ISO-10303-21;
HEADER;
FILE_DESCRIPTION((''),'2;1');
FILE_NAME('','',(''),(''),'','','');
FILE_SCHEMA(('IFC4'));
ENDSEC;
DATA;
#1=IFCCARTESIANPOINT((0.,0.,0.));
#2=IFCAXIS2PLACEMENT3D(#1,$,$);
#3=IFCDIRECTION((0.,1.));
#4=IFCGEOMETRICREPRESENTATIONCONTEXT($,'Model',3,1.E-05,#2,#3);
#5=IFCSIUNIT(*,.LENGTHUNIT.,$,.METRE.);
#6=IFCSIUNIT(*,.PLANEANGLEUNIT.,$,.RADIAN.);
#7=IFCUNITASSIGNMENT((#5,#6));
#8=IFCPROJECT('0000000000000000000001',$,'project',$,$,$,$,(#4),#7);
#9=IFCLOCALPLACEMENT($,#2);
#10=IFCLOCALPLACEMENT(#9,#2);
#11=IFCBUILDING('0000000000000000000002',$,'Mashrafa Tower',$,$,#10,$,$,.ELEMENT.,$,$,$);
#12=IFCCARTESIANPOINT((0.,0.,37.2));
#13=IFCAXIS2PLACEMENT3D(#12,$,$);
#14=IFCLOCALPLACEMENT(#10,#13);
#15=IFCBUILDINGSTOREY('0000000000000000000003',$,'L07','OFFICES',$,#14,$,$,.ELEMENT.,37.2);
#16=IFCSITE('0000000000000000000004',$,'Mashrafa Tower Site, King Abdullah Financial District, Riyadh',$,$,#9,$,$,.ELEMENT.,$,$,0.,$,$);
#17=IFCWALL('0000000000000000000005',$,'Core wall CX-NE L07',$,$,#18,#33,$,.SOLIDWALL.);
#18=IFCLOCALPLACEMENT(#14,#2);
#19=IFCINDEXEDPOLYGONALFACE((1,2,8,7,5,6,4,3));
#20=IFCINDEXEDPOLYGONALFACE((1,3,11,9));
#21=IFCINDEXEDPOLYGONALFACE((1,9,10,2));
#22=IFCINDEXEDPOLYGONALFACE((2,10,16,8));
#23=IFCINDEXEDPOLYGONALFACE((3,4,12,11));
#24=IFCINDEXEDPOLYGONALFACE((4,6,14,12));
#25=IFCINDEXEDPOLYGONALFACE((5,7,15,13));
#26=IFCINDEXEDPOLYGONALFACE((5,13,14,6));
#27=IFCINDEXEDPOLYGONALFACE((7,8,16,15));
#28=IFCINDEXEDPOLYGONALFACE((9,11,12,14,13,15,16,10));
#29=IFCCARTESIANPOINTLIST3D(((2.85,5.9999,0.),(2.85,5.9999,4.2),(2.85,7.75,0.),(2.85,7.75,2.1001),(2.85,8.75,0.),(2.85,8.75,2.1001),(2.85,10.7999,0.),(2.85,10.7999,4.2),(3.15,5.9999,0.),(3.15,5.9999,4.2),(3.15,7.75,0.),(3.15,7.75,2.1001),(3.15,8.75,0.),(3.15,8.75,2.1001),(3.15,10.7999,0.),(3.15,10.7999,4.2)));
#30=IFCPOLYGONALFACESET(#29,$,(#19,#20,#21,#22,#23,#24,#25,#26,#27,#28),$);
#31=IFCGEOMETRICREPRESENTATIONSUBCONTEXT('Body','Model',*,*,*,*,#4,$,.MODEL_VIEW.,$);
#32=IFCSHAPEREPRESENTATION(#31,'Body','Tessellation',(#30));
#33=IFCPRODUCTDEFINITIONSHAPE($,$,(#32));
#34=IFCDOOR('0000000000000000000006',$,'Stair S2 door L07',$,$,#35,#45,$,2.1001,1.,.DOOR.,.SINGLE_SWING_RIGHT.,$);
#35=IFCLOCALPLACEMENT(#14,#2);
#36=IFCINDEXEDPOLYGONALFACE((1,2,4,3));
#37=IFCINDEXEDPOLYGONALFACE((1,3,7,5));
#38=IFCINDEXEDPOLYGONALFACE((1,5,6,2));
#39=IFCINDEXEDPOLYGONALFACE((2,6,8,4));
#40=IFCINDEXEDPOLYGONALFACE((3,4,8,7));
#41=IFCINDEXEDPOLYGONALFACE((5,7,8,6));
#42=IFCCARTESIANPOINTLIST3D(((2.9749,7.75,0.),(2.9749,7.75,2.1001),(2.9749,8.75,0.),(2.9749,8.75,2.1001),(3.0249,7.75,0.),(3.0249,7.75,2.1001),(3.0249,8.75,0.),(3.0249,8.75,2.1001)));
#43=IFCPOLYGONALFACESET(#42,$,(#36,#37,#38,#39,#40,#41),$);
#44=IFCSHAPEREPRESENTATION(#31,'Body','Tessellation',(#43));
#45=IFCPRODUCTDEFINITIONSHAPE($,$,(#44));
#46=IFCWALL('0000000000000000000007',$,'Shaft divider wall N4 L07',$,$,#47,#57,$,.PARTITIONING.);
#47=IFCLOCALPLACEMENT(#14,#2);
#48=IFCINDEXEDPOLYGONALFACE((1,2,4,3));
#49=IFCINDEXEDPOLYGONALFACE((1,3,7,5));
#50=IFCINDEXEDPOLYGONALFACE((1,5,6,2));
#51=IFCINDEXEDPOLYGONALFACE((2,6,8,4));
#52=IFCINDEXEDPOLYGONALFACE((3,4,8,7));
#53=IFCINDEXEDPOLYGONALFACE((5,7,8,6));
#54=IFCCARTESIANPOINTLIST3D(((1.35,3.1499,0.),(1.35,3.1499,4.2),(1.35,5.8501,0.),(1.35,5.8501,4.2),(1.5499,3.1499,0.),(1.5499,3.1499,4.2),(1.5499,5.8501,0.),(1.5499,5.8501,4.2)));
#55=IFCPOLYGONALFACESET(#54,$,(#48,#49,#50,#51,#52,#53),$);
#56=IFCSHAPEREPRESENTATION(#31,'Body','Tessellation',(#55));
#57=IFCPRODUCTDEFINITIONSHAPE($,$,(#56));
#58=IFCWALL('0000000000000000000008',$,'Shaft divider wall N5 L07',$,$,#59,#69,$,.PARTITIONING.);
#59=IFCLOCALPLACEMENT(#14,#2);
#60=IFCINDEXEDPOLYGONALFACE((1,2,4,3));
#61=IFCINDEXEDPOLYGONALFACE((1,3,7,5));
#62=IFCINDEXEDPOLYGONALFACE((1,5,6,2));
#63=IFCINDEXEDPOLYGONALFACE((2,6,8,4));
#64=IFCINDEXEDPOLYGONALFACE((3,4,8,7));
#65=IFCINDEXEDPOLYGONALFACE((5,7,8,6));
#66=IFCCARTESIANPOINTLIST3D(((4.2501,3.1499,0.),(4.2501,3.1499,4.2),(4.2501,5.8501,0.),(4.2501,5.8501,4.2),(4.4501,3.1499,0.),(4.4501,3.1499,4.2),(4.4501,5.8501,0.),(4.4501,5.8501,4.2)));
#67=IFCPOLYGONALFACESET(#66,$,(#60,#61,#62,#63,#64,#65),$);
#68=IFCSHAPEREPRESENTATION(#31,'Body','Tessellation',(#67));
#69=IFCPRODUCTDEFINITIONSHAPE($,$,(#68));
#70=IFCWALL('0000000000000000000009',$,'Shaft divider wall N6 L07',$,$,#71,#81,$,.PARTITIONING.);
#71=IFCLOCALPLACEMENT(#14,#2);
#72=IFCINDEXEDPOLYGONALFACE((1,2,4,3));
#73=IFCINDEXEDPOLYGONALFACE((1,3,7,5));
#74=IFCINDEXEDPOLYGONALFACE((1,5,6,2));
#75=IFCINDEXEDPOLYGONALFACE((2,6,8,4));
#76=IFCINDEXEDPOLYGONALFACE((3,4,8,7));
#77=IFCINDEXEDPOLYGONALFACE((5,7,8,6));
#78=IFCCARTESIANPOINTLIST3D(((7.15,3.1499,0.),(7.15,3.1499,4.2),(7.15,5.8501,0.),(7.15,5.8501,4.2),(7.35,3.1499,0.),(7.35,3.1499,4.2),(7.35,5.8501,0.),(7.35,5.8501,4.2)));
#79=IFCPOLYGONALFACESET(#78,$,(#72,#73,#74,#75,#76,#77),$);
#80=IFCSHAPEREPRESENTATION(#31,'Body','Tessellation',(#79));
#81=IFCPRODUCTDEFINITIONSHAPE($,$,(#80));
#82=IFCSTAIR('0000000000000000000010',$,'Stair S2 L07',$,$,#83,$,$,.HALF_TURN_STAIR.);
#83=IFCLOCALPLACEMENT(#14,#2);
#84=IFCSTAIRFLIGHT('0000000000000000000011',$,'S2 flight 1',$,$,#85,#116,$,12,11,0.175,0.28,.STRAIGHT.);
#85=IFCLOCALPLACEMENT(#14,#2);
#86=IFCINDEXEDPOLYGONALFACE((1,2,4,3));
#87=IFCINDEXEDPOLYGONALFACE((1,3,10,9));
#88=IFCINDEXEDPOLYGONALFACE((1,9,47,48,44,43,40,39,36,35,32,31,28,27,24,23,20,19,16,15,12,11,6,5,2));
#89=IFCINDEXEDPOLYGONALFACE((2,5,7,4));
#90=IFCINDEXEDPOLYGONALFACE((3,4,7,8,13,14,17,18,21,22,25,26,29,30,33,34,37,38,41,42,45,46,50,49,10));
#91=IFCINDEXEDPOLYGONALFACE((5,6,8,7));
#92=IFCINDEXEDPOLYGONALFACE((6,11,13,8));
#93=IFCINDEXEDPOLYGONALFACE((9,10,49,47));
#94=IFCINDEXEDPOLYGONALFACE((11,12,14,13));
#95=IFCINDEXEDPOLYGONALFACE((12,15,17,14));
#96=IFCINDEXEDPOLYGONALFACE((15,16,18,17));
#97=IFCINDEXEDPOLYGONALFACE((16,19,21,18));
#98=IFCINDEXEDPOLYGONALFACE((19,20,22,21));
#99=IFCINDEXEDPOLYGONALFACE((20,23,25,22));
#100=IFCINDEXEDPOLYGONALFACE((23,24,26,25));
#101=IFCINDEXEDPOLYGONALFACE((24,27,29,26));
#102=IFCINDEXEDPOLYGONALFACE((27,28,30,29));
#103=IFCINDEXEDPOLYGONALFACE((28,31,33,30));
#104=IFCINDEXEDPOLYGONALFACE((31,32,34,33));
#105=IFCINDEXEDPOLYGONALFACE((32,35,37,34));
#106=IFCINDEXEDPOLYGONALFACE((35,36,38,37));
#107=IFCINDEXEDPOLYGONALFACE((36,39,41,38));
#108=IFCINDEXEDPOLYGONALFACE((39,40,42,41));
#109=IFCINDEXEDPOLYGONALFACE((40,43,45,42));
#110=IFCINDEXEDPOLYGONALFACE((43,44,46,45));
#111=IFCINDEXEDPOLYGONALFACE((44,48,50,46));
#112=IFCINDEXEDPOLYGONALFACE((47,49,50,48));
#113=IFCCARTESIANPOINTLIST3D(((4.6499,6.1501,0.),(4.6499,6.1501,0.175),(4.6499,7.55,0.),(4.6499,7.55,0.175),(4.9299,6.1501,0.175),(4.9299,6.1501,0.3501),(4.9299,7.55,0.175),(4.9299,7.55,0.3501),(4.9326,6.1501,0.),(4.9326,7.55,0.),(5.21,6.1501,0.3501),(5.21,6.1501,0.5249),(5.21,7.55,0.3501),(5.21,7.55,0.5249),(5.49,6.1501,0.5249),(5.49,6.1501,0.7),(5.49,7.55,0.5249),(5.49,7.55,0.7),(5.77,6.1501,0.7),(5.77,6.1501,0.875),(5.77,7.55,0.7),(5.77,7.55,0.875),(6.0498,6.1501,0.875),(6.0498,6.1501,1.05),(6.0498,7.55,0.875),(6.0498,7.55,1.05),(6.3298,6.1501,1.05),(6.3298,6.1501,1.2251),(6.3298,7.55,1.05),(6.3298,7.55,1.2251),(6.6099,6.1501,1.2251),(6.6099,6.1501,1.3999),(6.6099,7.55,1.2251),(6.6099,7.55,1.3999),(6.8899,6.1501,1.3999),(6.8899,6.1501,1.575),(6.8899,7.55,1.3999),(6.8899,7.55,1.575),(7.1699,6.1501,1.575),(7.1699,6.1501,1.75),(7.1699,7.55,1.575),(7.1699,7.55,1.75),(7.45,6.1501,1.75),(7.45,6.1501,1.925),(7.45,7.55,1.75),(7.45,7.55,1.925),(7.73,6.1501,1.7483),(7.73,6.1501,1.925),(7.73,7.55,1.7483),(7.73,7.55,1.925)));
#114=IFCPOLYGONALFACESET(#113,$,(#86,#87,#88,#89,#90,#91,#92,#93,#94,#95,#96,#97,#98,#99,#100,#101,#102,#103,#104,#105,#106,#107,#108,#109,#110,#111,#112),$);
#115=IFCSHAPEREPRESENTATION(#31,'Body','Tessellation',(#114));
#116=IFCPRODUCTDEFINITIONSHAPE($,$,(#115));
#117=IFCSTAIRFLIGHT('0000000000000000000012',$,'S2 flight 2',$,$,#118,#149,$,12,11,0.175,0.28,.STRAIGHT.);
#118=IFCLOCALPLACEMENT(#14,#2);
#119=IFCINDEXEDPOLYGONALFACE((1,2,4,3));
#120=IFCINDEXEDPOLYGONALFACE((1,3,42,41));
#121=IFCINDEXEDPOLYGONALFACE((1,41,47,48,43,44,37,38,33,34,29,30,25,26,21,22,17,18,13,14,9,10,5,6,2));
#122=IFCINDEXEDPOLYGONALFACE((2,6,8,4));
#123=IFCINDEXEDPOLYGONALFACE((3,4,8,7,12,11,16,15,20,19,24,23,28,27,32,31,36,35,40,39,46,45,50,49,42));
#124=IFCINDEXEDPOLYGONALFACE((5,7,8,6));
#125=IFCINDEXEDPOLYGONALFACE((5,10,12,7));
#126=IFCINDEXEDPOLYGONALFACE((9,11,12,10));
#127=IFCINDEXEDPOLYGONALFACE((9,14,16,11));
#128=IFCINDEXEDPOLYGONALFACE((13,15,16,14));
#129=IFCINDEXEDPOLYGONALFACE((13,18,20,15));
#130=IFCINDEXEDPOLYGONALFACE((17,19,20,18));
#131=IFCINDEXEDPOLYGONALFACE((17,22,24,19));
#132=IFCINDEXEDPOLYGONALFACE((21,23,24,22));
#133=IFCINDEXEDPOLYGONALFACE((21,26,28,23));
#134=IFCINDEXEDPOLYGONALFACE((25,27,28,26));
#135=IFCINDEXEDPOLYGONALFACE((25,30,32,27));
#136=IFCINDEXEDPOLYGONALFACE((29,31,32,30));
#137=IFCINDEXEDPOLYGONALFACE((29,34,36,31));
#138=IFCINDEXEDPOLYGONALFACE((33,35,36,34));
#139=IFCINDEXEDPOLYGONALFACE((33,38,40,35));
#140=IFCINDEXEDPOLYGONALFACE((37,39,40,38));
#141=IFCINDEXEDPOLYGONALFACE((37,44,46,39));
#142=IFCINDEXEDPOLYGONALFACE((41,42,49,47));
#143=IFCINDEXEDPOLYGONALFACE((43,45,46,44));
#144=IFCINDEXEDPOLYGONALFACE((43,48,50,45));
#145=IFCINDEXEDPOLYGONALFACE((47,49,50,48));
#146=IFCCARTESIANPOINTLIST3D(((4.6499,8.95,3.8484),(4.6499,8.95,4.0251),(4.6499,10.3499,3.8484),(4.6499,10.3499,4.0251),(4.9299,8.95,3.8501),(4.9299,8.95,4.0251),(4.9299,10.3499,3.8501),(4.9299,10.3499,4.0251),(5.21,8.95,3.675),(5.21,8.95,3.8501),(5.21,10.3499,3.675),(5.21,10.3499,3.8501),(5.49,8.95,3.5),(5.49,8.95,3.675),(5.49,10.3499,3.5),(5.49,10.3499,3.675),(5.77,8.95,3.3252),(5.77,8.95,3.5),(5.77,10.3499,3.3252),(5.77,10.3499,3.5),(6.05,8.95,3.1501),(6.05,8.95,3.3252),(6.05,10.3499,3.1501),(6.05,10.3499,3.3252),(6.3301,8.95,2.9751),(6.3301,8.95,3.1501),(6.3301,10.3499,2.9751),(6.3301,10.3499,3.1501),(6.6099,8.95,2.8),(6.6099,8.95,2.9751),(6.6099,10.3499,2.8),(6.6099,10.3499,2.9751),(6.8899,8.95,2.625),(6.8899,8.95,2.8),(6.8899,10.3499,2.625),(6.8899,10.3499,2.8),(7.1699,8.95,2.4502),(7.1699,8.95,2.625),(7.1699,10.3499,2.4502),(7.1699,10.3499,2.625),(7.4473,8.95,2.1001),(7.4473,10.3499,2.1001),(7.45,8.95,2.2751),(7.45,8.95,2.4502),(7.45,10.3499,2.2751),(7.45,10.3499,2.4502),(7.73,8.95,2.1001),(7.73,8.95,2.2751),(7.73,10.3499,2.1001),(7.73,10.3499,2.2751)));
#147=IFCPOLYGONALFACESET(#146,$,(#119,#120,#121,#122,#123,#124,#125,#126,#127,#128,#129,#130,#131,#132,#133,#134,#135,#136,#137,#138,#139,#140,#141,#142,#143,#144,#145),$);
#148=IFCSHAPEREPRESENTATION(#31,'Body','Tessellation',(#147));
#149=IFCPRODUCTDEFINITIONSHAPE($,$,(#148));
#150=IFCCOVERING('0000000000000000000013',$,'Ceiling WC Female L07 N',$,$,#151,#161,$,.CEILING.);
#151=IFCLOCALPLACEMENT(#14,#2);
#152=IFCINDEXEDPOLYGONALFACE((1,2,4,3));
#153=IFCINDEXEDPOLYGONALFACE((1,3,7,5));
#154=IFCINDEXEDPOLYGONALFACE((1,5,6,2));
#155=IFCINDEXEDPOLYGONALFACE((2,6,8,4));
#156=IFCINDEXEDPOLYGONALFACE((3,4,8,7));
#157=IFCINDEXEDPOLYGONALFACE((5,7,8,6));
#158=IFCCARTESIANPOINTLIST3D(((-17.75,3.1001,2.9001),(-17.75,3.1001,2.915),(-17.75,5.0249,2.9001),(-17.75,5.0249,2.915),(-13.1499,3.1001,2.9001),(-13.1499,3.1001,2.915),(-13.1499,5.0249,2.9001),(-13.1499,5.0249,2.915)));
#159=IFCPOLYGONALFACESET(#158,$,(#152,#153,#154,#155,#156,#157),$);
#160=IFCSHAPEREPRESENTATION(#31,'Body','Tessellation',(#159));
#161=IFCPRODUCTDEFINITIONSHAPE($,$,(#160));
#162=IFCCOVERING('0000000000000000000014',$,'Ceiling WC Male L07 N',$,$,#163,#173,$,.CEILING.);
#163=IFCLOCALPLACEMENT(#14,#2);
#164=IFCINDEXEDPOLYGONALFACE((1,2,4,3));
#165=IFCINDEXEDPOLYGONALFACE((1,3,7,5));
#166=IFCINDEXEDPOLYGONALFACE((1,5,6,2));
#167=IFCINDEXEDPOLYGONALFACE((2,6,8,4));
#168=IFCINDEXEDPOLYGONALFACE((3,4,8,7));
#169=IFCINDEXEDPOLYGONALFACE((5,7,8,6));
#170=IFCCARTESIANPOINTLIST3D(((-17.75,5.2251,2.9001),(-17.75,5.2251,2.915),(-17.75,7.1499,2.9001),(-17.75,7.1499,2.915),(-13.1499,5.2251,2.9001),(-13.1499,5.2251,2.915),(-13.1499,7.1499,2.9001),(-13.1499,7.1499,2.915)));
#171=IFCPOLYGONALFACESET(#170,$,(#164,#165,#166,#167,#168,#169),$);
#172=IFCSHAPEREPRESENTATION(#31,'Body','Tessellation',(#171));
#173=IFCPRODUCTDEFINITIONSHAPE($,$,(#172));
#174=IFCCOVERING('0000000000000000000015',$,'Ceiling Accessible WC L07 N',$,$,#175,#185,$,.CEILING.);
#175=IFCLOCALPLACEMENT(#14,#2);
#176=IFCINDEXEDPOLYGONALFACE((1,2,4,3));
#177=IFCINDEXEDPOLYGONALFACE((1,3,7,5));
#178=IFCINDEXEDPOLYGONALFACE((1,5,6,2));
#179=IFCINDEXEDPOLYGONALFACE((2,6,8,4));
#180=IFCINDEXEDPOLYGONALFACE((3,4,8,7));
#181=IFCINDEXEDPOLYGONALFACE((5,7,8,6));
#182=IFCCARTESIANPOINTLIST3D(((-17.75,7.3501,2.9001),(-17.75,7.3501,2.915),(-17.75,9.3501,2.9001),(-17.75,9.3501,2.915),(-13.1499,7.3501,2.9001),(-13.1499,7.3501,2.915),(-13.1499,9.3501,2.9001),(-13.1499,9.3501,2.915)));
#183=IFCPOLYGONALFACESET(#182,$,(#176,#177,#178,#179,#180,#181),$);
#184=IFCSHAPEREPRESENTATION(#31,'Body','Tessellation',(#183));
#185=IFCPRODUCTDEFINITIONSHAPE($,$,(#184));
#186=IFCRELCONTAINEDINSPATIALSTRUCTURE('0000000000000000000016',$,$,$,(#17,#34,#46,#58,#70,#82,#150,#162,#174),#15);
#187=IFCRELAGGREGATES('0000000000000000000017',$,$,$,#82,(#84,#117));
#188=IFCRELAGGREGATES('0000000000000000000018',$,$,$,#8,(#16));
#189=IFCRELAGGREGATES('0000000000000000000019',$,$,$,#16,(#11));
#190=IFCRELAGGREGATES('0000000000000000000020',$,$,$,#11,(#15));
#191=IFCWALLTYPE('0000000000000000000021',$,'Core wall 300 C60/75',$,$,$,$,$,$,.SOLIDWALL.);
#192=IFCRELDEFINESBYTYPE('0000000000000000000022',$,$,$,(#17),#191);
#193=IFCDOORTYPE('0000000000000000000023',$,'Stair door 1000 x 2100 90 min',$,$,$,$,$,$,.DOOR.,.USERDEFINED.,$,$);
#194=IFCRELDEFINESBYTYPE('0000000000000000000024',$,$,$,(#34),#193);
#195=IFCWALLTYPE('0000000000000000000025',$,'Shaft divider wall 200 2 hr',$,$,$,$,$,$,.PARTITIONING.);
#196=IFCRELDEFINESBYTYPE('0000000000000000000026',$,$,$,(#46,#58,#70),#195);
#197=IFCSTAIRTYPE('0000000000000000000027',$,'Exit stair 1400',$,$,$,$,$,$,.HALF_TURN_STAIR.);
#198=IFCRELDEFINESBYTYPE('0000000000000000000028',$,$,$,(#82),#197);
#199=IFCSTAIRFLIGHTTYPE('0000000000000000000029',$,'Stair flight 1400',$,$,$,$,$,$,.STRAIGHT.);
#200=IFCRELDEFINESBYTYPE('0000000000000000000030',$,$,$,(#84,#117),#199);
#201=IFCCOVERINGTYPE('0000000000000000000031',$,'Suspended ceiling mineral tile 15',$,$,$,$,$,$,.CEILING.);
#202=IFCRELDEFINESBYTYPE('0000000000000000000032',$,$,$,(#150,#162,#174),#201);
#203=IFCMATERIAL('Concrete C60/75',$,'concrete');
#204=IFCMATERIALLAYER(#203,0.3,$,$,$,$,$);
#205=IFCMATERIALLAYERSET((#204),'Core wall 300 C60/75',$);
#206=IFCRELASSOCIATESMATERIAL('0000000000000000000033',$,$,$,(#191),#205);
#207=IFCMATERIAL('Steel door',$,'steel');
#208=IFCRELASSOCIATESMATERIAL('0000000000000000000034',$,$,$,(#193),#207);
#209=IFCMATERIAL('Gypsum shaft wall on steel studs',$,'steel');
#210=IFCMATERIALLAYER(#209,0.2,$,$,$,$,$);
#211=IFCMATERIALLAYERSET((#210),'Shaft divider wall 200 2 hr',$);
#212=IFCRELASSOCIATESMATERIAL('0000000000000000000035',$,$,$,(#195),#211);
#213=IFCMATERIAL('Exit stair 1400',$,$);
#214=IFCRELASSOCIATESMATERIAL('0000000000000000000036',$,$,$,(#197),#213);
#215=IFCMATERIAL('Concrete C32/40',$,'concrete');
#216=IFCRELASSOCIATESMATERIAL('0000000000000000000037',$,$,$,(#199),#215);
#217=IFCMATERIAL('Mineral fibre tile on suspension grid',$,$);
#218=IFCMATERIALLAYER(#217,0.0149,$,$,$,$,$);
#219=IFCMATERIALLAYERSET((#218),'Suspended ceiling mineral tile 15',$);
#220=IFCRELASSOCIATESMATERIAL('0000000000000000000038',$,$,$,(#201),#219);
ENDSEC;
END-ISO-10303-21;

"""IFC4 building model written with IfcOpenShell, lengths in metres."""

from ifc_helpers import new_model, si_unit, direction, frame, frame_2d, origin, place, context, subcontext, project, spatial, polyline, rectangle, outline, extrude, material, layer, layer_set, type_object, element, fill, aggregate, save


model = new_model("IFC4")

# Units and contexts
model_context = context("Model", 3, precision=1e-05, world=origin(), true_north=direction((0.0, 1.0)))
body_context = subcontext(model_context, "Body", "Model", "MODEL_VIEW")
ifc_project = project(units=[si_unit("LENGTHUNIT", "METRE"), si_unit("PLANEANGLEUNIT", "RADIAN")], contexts=[model_context])

# Site, building, storey
site_placement = place(None, origin())
site = spatial("IfcSite", under=ifc_project, at=site_placement, Name="Mashrafa Tower Site, King Abdullah Financial District, Riyadh", CompositionType="ELEMENT", RefElevation=0.0)
building_placement = place(site_placement, origin())
building = spatial("IfcBuilding", under=site, at=building_placement, Name="Mashrafa Tower", CompositionType="ELEMENT")
storey_placement = place(building_placement, frame((0.0, 0.0, 37.2)))
storey = spatial("IfcBuildingStorey", under=building, at=storey_placement, Name="L07", Description="OFFICES", CompositionType="ELEMENT", Elevation=37.2)

# Wall, opening, door
ifc_material_1 = material(Name="Concrete C60/75", Category="concrete")
ifc_layer_1 = layer(ifc_material_1, 0.3)
ifc_layer_set_1 = layer_set([ifc_layer_1], Name="Core wall 300 C60/75")
wall_type_1 = type_object("IfcWallType", Name="Core wall 300 C60/75", PredefinedType="SOLIDWALL", material=ifc_layer_set_1)
wall_placement = place(storey_placement, frame((3.0, 6.0, 0.0), z_axis=(0.0, 0.0, 1.0), x_axis=(0.0, 1.0, 0.0)))
wall = element("IfcWall", 1, at=wall_placement, inside=storey, type_object=wall_type_1, Name="Core wall CX-NE L07", PredefinedType="SOLIDWALL", context=body_context, shape_type="SweptSolid", body=[
    extrude(rectangle(XDim=4.8, YDim=0.3, at=frame_2d((2.3999, 0.0))), origin(), (0.0, 0.0, 1.0), 4.2),
])
opening_placement = place(wall_placement, frame((1.75, 0.0, 0.0)))
opening = element("IfcOpeningElement", 2, at=opening_placement, cuts=wall, PredefinedType="OPENING", context=body_context, shape_type="SweptSolid", body=[
    extrude(rectangle(XDim=1.0, YDim=2.1001, at=frame_2d((0.5, 1.05))), frame((0.0, 0.1599, 0.0), z_axis=(0.0, -1.0, 0.0), x_axis=(1.0, 0.0, 0.0)), (0.0, 0.0, 1.0), 0.3201),
])
ifc_material_2 = material(Name="Steel door", Category="steel")
door_type = type_object("IfcDoorType", Name="Stair door 1000 x 2100 90 min", OperationType="USERDEFINED", PredefinedType="DOOR", material=ifc_material_2)
door_placement = place(opening_placement, frame((1.0, 0.0, 0.0), z_axis=(0.0, 0.0, 1.0), x_axis=(-1.0, 0.0, 0.0)))
door = element("IfcDoor", 3, at=door_placement, inside=storey, type_object=door_type, Name="Stair S2 door L07", OperationType="SINGLE_SWING_RIGHT", OverallHeight=2.1001, OverallWidth=1.0, PredefinedType="DOOR", context=body_context, shape_type="SweptSolid", body=[
    extrude(rectangle(XDim=1.0, YDim=2.1001, at=frame_2d((0.5, 1.05))), frame((0.0, 0.0249, 0.0), z_axis=(0.0, -1.0, 0.0), x_axis=(1.0, 0.0, 0.0)), (0.0, 0.0, 1.0), 0.05),
])
fill(opening, door)

# Walls
ifc_material_3 = material(Name="Gypsum shaft wall on steel studs", Category="steel")
ifc_layer_2 = layer(ifc_material_3, 0.2)
ifc_layer_set_2 = layer_set([ifc_layer_2], Name="Shaft divider wall 200 2 hr")
wall_type_2 = type_object("IfcWallType", Name="Shaft divider wall 200 2 hr", PredefinedType="PARTITIONING", material=ifc_layer_set_2)
for number, where, z_axis, x_axis, name in (
    (4, (1.45, 3.1499, 0.0), (0.0, 0.0, 1.0), (0.0, 1.0, 0.0), "Shaft divider wall N4 L07"),
    (5, (4.3501, 3.1499, 0.0), (0.0, 0.0, 1.0), (0.0, 1.0, 0.0), "Shaft divider wall N5 L07"),
    (6, (7.25, 3.1499, 0.0), (0.0, 0.0, 1.0), (0.0, 1.0, 0.0), "Shaft divider wall N6 L07"),
):
    element("IfcWall", number, at=place(storey_placement, frame(where, z_axis=z_axis, x_axis=x_axis)), inside=storey, type_object=wall_type_2, Name=name, PredefinedType="PARTITIONING", context=body_context, shape_type="SweptSolid", body=[
        extrude(rectangle(XDim=2.7002, YDim=0.2, at=frame_2d((1.3501, 0.0))), origin(), (0.0, 0.0, 1.0), 4.2),
    ])

# Stair, stair flights
ifc_material_4 = material(Name="Exit stair 1400")
stair_type = type_object("IfcStairType", Name="Exit stair 1400", PredefinedType="HALF_TURN_STAIR", material=ifc_material_4)
stair_placement = place(storey_placement, origin())
stair = element("IfcStair", 7, at=stair_placement, inside=storey, type_object=stair_type, Name="Stair S2 L07", PredefinedType="HALF_TURN_STAIR")
ifc_material_5 = material(Name="Concrete C32/40", Category="concrete")
stair_flight_type = type_object("IfcStairFlightType", Name="Stair flight 1400", PredefinedType="STRAIGHT", material=ifc_material_5)
stair_flight_1_placement = place(storey_placement, frame((4.6499, 6.8501, 0.0), z_axis=(0.0, 0.0, 1.0), x_axis=(1.0, 0.0, 0.0)))
stair_flight_1 = element("IfcStairFlight", 8, at=stair_flight_1_placement, type_object=stair_flight_type, Name="S2 flight 1", NumberOfRisers=12, NumberOfTreads=11, PredefinedType="STRAIGHT", RiserHeight=0.175, TreadLength=0.28, context=body_context, shape_type="SweptSolid", body=[
    extrude(outline(polyline([(0.0, 0.0), (0.0, 0.175), (0.28, 0.175), (0.28, 0.3501), (0.5601, 0.3501), (0.5601, 0.5249), (0.8401, 0.5249), (0.8401, 0.7), (1.1201, 0.7), (1.1201, 0.875), (1.3999, 0.875), (1.3999, 1.05), (1.6799, 1.05), (1.6799, 1.2251), (1.96, 1.2251), (1.96, 1.3999), (2.24, 1.3999), (2.24, 1.575), (2.52, 1.575), (2.52, 1.75), (2.8, 1.75), (2.8, 1.925), (3.0801, 1.925), (3.0801, 2.1001), (3.0801, 1.7483), (0.2827, 0.0), (0.0, 0.0)])), frame((0.0, 0.7, 0.0), z_axis=(0.0, -1.0, 0.0), x_axis=(1.0, 0.0, 0.0)), (0.0, 0.0, 1.0), 1.3999),
])
stair_flight_2_placement = place(storey_placement, frame((7.73, 9.6499, 2.1001), z_axis=(0.0, 0.0, 1.0), x_axis=(-1.0, 0.0, 0.0)))
stair_flight_2 = element("IfcStairFlight", 9, at=stair_flight_2_placement, type_object=stair_flight_type, Name="S2 flight 2", NumberOfRisers=12, NumberOfTreads=11, PredefinedType="STRAIGHT", RiserHeight=0.175, TreadLength=0.28, context=body_context, shape_type="SweptSolid", body=[
    extrude(outline(polyline([(0.0, 0.0), (0.0, 0.175), (0.28, 0.175), (0.28, 0.3501), (0.5601, 0.3501), (0.5601, 0.5249), (0.8401, 0.5249), (0.8401, 0.7), (1.1201, 0.7), (1.1201, 0.875), (1.3999, 0.875), (1.3999, 1.05), (1.6799, 1.05), (1.6799, 1.2251), (1.96, 1.2251), (1.96, 1.3999), (2.24, 1.3999), (2.24, 1.575), (2.52, 1.575), (2.52, 1.75), (2.8, 1.75), (2.8, 1.925), (3.0801, 1.925), (3.0801, 2.1001), (3.0801, 1.7483), (0.2827, 0.0), (0.0, 0.0)])), frame((0.0, 0.7, 0.0), z_axis=(0.0, -1.0, 0.0), x_axis=(1.0, 0.0, 0.0)), (0.0, 0.0, 1.0), 1.3999),
])
aggregate(stair, [stair_flight_1, stair_flight_2])

# Coverings
ifc_material_6 = material(Name="Mineral fibre tile on suspension grid")
ifc_layer_3 = layer(ifc_material_6, 0.0149)
ifc_layer_set_3 = layer_set([ifc_layer_3], Name="Suspended ceiling mineral tile 15")
covering_type = type_object("IfcCoveringType", Name="Suspended ceiling mineral tile 15", PredefinedType="CEILING", material=ifc_layer_set_3)
covering_1_placement = place(storey_placement, frame((0.0, 0.0, 2.9001)))
element("IfcCovering", 10, at=covering_1_placement, inside=storey, type_object=covering_type, Name="Ceiling WC Female L07 N", PredefinedType="CEILING", context=body_context, shape_type="SweptSolid", body=[
    extrude(outline(polyline([(-17.75, 3.1001), (-17.75, 5.0249), (-13.1499, 5.0249), (-13.1499, 3.1001), (-17.75, 3.1001)])), origin(), (0.0, 0.0, 1.0), 0.0149),
])
covering_2_placement = place(storey_placement, frame((0.0, 0.0, 2.9001)))
element("IfcCovering", 11, at=covering_2_placement, inside=storey, type_object=covering_type, Name="Ceiling WC Male L07 N", PredefinedType="CEILING", context=body_context, shape_type="SweptSolid", body=[
    extrude(outline(polyline([(-17.75, 5.2251), (-17.75, 7.1499), (-13.1499, 7.1499), (-13.1499, 5.2251), (-17.75, 5.2251)])), origin(), (0.0, 0.0, 1.0), 0.0149),
])
covering_3_placement = place(storey_placement, frame((0.0, 0.0, 2.9001)))
element("IfcCovering", 12, at=covering_3_placement, inside=storey, type_object=covering_type, Name="Ceiling Accessible WC L07 N", PredefinedType="CEILING", context=body_context, shape_type="SweptSolid", body=[
    extrude(outline(polyline([(-17.75, 7.3501), (-17.75, 9.3501), (-13.1499, 9.3501), (-13.1499, 7.3501), (-17.75, 7.3501)])), origin(), (0.0, 0.0, 1.0), 0.0149),
])

save(model, "model.ifc")
